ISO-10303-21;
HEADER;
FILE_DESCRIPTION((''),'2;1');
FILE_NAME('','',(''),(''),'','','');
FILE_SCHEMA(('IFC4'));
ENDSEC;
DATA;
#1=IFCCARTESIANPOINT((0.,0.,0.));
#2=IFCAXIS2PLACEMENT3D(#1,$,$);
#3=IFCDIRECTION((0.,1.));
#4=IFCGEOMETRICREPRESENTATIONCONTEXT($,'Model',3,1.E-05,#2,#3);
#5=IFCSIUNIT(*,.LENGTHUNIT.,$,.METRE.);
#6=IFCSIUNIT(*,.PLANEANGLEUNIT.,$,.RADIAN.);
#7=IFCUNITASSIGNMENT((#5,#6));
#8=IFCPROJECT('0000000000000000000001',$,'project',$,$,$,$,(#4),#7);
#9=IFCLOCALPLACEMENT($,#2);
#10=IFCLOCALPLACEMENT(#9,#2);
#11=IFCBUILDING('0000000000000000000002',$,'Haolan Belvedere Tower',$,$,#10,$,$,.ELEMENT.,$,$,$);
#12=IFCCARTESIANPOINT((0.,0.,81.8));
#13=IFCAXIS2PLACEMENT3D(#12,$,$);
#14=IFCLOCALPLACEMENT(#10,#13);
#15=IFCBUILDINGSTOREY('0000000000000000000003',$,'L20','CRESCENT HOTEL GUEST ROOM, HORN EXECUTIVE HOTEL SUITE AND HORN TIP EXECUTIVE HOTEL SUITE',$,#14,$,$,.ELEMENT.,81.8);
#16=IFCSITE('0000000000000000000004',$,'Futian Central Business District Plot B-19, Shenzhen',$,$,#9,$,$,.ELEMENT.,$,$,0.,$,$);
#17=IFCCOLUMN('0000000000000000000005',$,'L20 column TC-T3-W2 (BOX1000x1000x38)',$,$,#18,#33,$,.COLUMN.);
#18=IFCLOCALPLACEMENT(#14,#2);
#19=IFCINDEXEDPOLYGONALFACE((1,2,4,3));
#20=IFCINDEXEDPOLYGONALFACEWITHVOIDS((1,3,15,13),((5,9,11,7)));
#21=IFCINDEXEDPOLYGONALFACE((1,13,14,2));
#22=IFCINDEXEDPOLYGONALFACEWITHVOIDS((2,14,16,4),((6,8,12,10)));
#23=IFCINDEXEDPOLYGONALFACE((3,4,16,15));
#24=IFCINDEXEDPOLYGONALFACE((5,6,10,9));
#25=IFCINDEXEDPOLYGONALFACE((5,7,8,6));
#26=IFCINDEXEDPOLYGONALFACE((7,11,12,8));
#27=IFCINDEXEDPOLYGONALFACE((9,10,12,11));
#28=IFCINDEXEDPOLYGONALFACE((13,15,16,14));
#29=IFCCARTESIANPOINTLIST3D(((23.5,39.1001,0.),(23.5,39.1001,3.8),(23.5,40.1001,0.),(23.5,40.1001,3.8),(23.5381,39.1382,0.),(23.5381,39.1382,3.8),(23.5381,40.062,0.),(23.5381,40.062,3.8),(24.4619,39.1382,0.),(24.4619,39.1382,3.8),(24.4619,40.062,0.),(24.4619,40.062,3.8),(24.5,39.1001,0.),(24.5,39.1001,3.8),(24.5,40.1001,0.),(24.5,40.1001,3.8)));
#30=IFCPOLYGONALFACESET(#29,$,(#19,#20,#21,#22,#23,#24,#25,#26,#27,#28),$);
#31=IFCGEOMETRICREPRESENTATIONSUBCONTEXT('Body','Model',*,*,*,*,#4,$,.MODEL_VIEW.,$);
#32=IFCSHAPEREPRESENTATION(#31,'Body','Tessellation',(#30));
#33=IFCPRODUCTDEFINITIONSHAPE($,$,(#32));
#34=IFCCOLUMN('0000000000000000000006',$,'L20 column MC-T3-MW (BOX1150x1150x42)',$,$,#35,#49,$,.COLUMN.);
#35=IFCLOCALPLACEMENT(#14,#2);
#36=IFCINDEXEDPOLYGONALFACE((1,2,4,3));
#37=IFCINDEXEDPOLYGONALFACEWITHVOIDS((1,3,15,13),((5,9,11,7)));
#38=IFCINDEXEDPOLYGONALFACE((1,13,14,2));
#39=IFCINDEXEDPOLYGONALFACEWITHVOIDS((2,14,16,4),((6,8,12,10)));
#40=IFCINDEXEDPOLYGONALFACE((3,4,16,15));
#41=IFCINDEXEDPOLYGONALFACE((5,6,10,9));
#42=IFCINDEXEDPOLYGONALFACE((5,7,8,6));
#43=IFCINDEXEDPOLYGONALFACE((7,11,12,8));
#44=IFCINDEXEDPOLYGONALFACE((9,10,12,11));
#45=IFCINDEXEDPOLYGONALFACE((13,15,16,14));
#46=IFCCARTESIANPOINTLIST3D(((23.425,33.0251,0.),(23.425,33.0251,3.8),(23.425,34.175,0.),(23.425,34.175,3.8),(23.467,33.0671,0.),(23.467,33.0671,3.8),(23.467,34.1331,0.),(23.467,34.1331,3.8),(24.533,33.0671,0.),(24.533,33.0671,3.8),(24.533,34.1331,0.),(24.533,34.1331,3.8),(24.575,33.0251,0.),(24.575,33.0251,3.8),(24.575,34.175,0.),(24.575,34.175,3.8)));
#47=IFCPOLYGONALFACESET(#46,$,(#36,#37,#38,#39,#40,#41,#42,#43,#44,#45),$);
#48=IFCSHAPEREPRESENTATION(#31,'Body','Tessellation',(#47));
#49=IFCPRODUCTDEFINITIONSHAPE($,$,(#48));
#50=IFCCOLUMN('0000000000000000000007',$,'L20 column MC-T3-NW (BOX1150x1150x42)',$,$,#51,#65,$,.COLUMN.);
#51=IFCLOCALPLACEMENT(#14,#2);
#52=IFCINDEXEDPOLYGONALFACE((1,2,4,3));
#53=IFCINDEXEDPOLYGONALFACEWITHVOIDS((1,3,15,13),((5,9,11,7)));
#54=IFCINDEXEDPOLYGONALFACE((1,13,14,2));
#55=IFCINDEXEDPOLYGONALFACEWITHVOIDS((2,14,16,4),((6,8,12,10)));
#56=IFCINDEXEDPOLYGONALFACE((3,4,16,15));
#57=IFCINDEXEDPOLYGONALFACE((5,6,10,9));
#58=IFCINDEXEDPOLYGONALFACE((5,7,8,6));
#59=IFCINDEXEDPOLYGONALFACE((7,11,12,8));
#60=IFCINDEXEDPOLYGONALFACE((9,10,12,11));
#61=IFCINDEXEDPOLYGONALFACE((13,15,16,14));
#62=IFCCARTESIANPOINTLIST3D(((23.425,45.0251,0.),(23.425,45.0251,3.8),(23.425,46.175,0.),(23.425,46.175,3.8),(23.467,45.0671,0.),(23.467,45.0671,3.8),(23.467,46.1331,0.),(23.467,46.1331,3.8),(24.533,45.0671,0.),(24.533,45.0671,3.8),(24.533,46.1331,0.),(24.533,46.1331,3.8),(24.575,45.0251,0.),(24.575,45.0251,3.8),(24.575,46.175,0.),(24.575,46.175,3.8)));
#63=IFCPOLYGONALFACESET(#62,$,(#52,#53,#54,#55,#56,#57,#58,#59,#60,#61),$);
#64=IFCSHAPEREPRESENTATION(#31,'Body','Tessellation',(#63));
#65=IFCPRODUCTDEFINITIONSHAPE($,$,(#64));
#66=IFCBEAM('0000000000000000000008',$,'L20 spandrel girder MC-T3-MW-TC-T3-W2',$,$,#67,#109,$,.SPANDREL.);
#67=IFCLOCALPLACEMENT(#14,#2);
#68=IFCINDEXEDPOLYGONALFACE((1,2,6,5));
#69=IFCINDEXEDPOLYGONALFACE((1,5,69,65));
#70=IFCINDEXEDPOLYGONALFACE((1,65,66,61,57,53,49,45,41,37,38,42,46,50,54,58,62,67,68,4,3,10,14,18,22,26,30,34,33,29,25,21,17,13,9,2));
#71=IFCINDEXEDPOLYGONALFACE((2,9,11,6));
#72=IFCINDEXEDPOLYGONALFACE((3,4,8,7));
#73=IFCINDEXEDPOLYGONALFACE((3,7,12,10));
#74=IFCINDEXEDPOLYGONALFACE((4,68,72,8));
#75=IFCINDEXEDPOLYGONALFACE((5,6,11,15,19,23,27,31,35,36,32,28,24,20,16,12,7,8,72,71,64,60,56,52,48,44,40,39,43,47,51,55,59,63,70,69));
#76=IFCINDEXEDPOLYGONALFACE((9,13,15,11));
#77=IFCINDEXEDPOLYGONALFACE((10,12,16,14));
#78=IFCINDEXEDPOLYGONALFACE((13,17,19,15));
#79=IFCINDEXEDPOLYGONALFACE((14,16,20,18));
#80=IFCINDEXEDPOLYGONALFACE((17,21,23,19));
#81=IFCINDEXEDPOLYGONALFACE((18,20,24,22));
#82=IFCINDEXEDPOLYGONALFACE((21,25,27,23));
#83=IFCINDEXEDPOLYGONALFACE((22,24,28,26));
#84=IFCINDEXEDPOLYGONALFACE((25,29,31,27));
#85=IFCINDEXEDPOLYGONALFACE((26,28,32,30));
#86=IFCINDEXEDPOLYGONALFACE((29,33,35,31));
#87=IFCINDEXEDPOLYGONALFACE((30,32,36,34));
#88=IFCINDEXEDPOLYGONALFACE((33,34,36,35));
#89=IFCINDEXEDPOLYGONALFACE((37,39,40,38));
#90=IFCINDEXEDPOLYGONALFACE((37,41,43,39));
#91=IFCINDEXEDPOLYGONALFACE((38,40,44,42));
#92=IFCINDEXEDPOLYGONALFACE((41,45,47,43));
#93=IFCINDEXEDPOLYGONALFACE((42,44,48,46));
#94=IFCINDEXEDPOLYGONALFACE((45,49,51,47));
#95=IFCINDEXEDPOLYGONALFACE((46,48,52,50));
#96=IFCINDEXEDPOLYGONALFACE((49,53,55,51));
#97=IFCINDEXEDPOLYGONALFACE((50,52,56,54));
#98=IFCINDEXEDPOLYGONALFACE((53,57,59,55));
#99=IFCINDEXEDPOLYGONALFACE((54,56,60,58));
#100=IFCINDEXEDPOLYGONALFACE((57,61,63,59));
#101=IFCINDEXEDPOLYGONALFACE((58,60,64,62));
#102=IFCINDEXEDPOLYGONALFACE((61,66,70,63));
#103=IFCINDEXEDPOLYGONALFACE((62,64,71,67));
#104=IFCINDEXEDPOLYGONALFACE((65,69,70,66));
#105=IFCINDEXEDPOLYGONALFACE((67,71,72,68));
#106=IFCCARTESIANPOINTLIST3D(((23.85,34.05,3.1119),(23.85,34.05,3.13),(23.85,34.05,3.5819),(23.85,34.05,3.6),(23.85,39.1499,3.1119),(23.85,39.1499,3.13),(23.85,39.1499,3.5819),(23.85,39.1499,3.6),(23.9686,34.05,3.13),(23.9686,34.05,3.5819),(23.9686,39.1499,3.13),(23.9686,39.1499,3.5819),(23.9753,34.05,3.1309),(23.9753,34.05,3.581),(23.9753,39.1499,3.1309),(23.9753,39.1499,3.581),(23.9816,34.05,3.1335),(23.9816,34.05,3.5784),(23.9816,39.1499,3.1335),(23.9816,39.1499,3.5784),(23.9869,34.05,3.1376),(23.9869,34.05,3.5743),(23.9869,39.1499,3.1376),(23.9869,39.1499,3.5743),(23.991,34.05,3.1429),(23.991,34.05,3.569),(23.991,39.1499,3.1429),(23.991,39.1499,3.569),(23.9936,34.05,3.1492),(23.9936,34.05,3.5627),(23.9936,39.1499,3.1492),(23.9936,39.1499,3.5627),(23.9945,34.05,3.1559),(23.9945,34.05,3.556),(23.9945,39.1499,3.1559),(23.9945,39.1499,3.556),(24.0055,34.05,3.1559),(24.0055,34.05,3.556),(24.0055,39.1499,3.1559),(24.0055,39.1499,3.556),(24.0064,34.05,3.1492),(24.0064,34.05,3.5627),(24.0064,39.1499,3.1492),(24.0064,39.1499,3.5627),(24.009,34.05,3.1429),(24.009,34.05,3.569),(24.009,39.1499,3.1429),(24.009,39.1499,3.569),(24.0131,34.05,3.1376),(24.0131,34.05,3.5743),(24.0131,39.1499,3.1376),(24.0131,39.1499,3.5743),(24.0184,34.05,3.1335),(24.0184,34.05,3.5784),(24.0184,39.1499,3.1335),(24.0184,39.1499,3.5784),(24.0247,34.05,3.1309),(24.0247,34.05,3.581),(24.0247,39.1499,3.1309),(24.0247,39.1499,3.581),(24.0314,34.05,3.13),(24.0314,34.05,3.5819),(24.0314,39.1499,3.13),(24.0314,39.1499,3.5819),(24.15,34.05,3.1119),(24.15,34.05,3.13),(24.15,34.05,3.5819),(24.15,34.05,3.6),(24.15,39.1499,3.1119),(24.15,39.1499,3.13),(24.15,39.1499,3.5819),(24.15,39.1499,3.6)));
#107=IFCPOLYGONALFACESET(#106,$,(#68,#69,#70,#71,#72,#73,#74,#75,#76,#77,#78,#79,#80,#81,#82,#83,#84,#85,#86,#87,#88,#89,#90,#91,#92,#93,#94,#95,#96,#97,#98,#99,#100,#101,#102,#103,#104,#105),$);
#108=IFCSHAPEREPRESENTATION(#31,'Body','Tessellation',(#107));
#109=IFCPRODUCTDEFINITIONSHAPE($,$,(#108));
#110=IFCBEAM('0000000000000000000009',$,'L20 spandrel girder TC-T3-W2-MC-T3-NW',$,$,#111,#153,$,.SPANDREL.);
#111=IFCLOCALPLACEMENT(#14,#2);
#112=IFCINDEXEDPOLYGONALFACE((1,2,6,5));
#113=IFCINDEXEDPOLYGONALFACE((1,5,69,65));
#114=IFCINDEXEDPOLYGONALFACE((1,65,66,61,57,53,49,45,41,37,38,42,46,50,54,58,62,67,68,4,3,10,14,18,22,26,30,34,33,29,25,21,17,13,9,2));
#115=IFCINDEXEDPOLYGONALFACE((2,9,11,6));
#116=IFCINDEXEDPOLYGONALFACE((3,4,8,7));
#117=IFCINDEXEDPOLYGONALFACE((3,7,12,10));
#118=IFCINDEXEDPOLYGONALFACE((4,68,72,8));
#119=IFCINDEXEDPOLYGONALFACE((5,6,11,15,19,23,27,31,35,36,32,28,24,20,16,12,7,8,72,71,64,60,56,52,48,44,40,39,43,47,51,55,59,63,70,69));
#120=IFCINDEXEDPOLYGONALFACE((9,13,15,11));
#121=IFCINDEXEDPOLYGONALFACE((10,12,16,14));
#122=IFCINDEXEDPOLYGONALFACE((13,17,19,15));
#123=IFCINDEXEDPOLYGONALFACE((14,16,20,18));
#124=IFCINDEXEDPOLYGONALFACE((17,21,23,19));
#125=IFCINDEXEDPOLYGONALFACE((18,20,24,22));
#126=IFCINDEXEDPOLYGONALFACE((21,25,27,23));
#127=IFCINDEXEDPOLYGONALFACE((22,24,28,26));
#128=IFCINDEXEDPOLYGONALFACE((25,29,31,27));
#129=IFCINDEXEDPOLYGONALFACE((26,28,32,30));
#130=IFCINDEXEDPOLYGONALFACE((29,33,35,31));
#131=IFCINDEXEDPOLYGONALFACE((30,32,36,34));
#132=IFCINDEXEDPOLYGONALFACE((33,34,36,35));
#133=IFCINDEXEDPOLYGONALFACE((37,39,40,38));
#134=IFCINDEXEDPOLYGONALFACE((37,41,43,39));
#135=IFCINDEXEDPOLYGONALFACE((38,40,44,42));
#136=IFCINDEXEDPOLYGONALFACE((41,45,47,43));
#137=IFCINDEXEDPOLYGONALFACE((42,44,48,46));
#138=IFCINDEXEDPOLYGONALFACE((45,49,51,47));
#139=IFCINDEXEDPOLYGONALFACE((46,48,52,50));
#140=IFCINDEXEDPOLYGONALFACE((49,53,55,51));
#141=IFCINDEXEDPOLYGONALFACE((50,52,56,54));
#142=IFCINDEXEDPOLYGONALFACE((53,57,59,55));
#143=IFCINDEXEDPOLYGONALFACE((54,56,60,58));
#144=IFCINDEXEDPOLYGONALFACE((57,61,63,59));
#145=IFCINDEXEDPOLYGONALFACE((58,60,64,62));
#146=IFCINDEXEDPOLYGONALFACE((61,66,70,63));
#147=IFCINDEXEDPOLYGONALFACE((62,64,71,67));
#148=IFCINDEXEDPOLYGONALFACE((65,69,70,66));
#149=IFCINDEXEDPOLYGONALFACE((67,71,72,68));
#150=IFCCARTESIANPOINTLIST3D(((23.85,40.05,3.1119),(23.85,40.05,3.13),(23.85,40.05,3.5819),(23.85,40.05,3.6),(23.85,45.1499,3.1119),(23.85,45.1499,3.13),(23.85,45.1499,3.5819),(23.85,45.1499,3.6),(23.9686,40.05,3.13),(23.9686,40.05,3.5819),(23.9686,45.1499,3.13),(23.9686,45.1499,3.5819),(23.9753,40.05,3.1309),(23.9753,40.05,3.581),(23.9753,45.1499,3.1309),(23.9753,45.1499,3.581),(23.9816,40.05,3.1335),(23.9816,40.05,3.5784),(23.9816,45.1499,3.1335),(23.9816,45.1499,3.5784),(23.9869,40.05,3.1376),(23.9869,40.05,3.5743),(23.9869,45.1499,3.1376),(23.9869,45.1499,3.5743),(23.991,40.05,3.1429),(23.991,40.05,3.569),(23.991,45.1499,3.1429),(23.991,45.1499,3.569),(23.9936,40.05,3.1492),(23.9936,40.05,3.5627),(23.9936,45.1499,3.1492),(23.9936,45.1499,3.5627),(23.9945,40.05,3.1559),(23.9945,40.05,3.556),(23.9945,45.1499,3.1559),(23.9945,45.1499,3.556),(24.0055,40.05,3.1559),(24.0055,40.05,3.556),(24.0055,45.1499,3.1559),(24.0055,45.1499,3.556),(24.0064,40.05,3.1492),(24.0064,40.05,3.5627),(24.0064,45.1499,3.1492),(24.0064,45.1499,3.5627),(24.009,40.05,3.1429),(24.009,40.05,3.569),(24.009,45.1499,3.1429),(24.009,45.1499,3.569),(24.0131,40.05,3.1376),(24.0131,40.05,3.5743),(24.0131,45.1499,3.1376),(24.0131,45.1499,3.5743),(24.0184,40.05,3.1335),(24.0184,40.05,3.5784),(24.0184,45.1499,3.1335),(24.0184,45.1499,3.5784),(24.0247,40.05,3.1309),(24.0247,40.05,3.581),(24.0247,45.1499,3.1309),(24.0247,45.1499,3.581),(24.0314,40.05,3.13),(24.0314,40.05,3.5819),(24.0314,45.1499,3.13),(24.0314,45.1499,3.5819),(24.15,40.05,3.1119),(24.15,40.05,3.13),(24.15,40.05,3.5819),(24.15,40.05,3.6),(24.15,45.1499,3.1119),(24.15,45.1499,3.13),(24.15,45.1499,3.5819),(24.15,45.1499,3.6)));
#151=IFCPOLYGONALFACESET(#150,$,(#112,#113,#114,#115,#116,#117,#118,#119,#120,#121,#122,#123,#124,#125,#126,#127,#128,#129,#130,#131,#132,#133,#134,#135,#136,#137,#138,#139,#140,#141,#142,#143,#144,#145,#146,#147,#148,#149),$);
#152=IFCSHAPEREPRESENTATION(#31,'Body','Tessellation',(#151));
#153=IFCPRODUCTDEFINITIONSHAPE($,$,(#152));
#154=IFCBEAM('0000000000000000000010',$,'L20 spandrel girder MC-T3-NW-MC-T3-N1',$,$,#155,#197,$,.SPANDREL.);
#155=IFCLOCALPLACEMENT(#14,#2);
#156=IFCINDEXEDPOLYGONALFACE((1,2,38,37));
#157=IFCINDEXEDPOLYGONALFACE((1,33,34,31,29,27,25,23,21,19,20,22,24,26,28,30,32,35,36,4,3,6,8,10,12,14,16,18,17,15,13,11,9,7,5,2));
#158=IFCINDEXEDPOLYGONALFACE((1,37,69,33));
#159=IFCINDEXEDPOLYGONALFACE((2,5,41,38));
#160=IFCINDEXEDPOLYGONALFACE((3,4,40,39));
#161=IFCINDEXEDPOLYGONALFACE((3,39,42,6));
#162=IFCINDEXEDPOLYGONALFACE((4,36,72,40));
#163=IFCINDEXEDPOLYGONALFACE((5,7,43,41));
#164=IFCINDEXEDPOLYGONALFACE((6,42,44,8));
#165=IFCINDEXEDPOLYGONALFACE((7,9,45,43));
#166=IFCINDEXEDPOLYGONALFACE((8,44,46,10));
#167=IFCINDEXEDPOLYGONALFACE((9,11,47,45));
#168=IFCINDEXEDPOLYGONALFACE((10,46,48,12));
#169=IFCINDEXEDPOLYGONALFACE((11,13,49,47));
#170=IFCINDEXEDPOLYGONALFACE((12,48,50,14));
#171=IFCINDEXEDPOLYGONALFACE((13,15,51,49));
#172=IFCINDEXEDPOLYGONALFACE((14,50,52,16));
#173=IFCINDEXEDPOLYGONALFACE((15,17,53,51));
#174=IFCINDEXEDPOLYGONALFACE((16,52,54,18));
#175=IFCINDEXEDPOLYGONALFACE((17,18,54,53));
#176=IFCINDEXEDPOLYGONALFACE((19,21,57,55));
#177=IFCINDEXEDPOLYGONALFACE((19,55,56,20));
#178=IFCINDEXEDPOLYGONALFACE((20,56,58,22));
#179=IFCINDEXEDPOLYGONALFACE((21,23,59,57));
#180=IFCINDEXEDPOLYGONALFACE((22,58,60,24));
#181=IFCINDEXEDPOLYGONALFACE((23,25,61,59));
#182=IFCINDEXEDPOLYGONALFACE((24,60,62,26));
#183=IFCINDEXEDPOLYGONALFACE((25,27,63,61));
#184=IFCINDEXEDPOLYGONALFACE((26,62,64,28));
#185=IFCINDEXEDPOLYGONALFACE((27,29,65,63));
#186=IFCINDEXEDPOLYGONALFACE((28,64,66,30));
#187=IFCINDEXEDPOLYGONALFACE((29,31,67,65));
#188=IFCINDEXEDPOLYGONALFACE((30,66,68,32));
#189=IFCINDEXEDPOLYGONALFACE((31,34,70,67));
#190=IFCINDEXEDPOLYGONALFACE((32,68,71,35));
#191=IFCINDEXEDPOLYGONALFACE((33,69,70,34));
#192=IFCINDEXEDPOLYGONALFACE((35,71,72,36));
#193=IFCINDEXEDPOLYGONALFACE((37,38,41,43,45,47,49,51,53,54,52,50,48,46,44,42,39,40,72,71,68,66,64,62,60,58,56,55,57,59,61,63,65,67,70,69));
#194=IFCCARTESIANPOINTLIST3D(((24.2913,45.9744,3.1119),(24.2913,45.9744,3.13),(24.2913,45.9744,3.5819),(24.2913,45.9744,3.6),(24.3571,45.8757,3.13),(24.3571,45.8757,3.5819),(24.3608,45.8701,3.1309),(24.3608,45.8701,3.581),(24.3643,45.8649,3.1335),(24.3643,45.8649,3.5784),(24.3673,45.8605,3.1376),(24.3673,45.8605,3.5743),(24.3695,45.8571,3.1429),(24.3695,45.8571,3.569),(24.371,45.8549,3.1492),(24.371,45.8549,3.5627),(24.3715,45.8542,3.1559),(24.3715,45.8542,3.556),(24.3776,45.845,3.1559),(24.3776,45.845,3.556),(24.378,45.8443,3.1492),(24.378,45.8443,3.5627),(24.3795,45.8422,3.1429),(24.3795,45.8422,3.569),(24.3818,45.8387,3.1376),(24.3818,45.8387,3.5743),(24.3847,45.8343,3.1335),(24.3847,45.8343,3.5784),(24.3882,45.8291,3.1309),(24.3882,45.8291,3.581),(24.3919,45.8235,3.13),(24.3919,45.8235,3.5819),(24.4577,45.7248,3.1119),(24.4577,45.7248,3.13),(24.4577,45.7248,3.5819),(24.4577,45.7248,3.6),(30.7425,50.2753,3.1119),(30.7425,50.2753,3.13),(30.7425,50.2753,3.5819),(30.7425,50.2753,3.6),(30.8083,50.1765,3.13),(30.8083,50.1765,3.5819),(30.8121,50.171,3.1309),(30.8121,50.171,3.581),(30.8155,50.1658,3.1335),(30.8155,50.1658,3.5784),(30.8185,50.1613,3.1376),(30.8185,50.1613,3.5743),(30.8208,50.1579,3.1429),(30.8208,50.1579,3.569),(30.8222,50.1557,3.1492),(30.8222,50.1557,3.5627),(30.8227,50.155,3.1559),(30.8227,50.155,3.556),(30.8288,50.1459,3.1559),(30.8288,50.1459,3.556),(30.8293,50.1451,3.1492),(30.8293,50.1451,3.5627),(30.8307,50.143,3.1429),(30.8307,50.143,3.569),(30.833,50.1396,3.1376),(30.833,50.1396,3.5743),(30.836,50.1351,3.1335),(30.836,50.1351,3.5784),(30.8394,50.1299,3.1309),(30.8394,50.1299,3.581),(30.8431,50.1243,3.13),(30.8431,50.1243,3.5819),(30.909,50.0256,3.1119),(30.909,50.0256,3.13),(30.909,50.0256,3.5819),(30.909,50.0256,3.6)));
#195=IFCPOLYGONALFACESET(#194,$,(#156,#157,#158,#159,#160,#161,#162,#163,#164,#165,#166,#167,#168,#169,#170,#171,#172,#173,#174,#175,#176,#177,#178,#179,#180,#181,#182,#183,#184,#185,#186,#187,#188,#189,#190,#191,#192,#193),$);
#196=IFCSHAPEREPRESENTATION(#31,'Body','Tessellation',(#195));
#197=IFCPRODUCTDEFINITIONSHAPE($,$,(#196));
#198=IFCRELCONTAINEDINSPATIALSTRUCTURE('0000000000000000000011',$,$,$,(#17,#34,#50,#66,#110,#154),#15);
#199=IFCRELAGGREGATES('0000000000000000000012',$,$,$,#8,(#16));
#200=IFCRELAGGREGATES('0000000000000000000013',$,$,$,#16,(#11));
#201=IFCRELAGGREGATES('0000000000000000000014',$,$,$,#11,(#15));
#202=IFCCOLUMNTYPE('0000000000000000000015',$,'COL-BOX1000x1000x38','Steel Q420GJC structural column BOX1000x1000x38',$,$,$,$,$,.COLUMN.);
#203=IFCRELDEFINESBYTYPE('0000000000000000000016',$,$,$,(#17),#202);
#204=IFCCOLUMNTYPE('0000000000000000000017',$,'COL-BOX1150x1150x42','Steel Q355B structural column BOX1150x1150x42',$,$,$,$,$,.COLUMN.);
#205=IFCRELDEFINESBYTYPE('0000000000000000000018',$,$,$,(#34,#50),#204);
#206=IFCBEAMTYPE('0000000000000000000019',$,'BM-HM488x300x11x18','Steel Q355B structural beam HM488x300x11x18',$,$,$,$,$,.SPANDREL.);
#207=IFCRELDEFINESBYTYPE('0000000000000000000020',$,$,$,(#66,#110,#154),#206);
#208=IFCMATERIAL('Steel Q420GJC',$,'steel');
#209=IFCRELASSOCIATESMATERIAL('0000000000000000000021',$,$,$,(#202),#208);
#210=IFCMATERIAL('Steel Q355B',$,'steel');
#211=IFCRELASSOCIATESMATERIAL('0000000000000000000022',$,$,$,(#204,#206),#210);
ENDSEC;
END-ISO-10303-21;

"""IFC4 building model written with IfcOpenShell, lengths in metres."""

from ifc_helpers import new_model, si_unit, direction, frame, origin, origin_2d, place, context, subcontext, project, spatial, hollow_rectangle, i_section, extrude, material, material_profile, profile_set, type_object, element, save


model = new_model("IFC4")

# Units and contexts
model_context = context("Model", 3, precision=1e-05, world=origin(), true_north=direction((0.0, 1.0)))
body_context = subcontext(model_context, "Body", "Model", "MODEL_VIEW")
ifc_project = project(units=[si_unit("LENGTHUNIT", "METRE"), si_unit("PLANEANGLEUNIT", "RADIAN")], contexts=[model_context])

# Site, building, storey
site_placement = place(None, origin())
site = spatial("IfcSite", under=ifc_project, at=site_placement, Name="Futian Central Business District Plot B-19, Shenzhen", CompositionType="ELEMENT", RefElevation=0.0)
building_placement = place(site_placement, origin())
building = spatial("IfcBuilding", under=site, at=building_placement, Name="Haolan Belvedere Tower", CompositionType="ELEMENT")
storey_placement = place(building_placement, frame((0.0, 0.0, 81.8)))
storey = spatial("IfcBuildingStorey", under=building, at=storey_placement, Name="L20", Description="CRESCENT HOTEL GUEST ROOM, HORN EXECUTIVE HOTEL SUITE AND HORN TIP EXECUTIVE HOTEL SUITE", CompositionType="ELEMENT", Elevation=81.8)

# Columns
ifc_material_1 = material(Name="Steel Q420GJC", Category="steel")
ifc_material_profile_1 = material_profile(ifc_material_1, hollow_rectangle(XDim=1.0, YDim=1.0, WallThickness=0.0381, at=origin_2d()), Name="Steel Q420GJC")
ifc_profile_set_1 = profile_set([ifc_material_profile_1], Name="Steel Q420GJC")
column_type_1 = type_object("IfcColumnType", Name="COL-BOX1000x1000x38", Description="Steel Q420GJC structural column BOX1000x1000x38", PredefinedType="COLUMN", material=ifc_profile_set_1)
column_placement = place(storey_placement, frame((24.0, 39.6001, 0.0), z_axis=(0.0, 0.0, 1.0), x_axis=(1.0, 0.0, 0.0)))
element("IfcColumn", 1, at=column_placement, inside=storey, type_object=column_type_1, Name="L20 column TC-T3-W2 (BOX1000x1000x38)", PredefinedType="COLUMN", context=body_context, shape_type="SweptSolid", body=[
    extrude(hollow_rectangle(XDim=1.0, YDim=1.0, WallThickness=0.0381, at=origin_2d()), origin(), (0.0, 0.0, 1.0), 3.8),
])
ifc_material_2 = material(Name="Steel Q355B", Category="steel")
ifc_material_profile_2 = material_profile(ifc_material_2, hollow_rectangle(XDim=1.1499, YDim=1.1499, WallThickness=0.042, at=origin_2d()), Name="Steel Q355B")
ifc_profile_set_2 = profile_set([ifc_material_profile_2], Name="Steel Q355B")
column_type_2 = type_object("IfcColumnType", Name="COL-BOX1150x1150x42", Description="Steel Q355B structural column BOX1150x1150x42", PredefinedType="COLUMN", material=ifc_profile_set_2)
for number, where, z_axis, x_axis, name in (
    (2, (24.0, 33.6001, 0.0), (0.0, 0.0, 1.0), (1.0, 0.0, 0.0), "L20 column MC-T3-MW (BOX1150x1150x42)"),
    (3, (24.0, 45.6001, 0.0), (0.0, 0.0, 1.0), (1.0, 0.0, 0.0), "L20 column MC-T3-NW (BOX1150x1150x42)"),
):
    element("IfcColumn", number, at=place(storey_placement, frame(where, z_axis=z_axis, x_axis=x_axis)), inside=storey, type_object=column_type_2, Name=name, PredefinedType="COLUMN", context=body_context, shape_type="SweptSolid", body=[
        extrude(hollow_rectangle(XDim=1.1499, YDim=1.1499, WallThickness=0.042, at=origin_2d()), origin(), (0.0, 0.0, 1.0), 3.8),
    ])

# Beams
ifc_material_profile_3 = material_profile(ifc_material_2, i_section(OverallWidth=0.3, OverallDepth=0.488, WebThickness=0.011, FlangeThickness=0.0181, FilletRadius=0.0259, at=origin_2d()), Name="Steel Q355B")
ifc_profile_set_3 = profile_set([ifc_material_profile_3], Name="Steel Q355B")
beam_type_1 = type_object("IfcBeamType", Name="BM-HM488x300x11x18", Description="Steel Q355B structural beam HM488x300x11x18", PredefinedType="SPANDREL", material=ifc_profile_set_3)
for number, where, z_axis, x_axis, name in (
    (4, (24.0, 34.05, 3.356), (0.0, 1.0, 0.0), (-1.0, 0.0, 0.0), "L20 spandrel girder MC-T3-MW-TC-T3-W2"),
    (5, (24.0, 40.05, 3.356), (0.0, 1.0, 0.0), (-1.0, 0.0, 0.0), "L20 spandrel girder TC-T3-W2-MC-T3-NW"),
):
    element("IfcBeam", number, at=place(storey_placement, frame(where, z_axis=z_axis, x_axis=x_axis)), inside=storey, type_object=beam_type_1, Name=name, PredefinedType="SPANDREL", context=body_context, shape_type="SweptSolid", body=[
        extrude(i_section(OverallWidth=0.3, OverallDepth=0.488, WebThickness=0.011, FlangeThickness=0.0181, FilletRadius=0.0259, at=origin_2d()), origin(), (0.0, 0.0, 1.0), 5.0999),
    ])
beam_placement = place(storey_placement, frame((24.3745, 45.8496, 3.356), z_axis=(0.83205, 0.5547, 0.0), x_axis=(-0.5547, 0.83205, 0.0)))
element("IfcBeam", 6, at=beam_placement, inside=storey, type_object=beam_type_1, Name="L20 spandrel girder MC-T3-NW-MC-T3-N1", PredefinedType="SPANDREL", context=body_context, shape_type="SweptSolid", body=[
    extrude(i_section(OverallWidth=0.3, OverallDepth=0.488, WebThickness=0.011, FlangeThickness=0.0181, FilletRadius=0.0259, at=origin_2d()), origin(), (0.0, 0.0, 1.0), 7.7534),
])

save(model, "model.ifc")
